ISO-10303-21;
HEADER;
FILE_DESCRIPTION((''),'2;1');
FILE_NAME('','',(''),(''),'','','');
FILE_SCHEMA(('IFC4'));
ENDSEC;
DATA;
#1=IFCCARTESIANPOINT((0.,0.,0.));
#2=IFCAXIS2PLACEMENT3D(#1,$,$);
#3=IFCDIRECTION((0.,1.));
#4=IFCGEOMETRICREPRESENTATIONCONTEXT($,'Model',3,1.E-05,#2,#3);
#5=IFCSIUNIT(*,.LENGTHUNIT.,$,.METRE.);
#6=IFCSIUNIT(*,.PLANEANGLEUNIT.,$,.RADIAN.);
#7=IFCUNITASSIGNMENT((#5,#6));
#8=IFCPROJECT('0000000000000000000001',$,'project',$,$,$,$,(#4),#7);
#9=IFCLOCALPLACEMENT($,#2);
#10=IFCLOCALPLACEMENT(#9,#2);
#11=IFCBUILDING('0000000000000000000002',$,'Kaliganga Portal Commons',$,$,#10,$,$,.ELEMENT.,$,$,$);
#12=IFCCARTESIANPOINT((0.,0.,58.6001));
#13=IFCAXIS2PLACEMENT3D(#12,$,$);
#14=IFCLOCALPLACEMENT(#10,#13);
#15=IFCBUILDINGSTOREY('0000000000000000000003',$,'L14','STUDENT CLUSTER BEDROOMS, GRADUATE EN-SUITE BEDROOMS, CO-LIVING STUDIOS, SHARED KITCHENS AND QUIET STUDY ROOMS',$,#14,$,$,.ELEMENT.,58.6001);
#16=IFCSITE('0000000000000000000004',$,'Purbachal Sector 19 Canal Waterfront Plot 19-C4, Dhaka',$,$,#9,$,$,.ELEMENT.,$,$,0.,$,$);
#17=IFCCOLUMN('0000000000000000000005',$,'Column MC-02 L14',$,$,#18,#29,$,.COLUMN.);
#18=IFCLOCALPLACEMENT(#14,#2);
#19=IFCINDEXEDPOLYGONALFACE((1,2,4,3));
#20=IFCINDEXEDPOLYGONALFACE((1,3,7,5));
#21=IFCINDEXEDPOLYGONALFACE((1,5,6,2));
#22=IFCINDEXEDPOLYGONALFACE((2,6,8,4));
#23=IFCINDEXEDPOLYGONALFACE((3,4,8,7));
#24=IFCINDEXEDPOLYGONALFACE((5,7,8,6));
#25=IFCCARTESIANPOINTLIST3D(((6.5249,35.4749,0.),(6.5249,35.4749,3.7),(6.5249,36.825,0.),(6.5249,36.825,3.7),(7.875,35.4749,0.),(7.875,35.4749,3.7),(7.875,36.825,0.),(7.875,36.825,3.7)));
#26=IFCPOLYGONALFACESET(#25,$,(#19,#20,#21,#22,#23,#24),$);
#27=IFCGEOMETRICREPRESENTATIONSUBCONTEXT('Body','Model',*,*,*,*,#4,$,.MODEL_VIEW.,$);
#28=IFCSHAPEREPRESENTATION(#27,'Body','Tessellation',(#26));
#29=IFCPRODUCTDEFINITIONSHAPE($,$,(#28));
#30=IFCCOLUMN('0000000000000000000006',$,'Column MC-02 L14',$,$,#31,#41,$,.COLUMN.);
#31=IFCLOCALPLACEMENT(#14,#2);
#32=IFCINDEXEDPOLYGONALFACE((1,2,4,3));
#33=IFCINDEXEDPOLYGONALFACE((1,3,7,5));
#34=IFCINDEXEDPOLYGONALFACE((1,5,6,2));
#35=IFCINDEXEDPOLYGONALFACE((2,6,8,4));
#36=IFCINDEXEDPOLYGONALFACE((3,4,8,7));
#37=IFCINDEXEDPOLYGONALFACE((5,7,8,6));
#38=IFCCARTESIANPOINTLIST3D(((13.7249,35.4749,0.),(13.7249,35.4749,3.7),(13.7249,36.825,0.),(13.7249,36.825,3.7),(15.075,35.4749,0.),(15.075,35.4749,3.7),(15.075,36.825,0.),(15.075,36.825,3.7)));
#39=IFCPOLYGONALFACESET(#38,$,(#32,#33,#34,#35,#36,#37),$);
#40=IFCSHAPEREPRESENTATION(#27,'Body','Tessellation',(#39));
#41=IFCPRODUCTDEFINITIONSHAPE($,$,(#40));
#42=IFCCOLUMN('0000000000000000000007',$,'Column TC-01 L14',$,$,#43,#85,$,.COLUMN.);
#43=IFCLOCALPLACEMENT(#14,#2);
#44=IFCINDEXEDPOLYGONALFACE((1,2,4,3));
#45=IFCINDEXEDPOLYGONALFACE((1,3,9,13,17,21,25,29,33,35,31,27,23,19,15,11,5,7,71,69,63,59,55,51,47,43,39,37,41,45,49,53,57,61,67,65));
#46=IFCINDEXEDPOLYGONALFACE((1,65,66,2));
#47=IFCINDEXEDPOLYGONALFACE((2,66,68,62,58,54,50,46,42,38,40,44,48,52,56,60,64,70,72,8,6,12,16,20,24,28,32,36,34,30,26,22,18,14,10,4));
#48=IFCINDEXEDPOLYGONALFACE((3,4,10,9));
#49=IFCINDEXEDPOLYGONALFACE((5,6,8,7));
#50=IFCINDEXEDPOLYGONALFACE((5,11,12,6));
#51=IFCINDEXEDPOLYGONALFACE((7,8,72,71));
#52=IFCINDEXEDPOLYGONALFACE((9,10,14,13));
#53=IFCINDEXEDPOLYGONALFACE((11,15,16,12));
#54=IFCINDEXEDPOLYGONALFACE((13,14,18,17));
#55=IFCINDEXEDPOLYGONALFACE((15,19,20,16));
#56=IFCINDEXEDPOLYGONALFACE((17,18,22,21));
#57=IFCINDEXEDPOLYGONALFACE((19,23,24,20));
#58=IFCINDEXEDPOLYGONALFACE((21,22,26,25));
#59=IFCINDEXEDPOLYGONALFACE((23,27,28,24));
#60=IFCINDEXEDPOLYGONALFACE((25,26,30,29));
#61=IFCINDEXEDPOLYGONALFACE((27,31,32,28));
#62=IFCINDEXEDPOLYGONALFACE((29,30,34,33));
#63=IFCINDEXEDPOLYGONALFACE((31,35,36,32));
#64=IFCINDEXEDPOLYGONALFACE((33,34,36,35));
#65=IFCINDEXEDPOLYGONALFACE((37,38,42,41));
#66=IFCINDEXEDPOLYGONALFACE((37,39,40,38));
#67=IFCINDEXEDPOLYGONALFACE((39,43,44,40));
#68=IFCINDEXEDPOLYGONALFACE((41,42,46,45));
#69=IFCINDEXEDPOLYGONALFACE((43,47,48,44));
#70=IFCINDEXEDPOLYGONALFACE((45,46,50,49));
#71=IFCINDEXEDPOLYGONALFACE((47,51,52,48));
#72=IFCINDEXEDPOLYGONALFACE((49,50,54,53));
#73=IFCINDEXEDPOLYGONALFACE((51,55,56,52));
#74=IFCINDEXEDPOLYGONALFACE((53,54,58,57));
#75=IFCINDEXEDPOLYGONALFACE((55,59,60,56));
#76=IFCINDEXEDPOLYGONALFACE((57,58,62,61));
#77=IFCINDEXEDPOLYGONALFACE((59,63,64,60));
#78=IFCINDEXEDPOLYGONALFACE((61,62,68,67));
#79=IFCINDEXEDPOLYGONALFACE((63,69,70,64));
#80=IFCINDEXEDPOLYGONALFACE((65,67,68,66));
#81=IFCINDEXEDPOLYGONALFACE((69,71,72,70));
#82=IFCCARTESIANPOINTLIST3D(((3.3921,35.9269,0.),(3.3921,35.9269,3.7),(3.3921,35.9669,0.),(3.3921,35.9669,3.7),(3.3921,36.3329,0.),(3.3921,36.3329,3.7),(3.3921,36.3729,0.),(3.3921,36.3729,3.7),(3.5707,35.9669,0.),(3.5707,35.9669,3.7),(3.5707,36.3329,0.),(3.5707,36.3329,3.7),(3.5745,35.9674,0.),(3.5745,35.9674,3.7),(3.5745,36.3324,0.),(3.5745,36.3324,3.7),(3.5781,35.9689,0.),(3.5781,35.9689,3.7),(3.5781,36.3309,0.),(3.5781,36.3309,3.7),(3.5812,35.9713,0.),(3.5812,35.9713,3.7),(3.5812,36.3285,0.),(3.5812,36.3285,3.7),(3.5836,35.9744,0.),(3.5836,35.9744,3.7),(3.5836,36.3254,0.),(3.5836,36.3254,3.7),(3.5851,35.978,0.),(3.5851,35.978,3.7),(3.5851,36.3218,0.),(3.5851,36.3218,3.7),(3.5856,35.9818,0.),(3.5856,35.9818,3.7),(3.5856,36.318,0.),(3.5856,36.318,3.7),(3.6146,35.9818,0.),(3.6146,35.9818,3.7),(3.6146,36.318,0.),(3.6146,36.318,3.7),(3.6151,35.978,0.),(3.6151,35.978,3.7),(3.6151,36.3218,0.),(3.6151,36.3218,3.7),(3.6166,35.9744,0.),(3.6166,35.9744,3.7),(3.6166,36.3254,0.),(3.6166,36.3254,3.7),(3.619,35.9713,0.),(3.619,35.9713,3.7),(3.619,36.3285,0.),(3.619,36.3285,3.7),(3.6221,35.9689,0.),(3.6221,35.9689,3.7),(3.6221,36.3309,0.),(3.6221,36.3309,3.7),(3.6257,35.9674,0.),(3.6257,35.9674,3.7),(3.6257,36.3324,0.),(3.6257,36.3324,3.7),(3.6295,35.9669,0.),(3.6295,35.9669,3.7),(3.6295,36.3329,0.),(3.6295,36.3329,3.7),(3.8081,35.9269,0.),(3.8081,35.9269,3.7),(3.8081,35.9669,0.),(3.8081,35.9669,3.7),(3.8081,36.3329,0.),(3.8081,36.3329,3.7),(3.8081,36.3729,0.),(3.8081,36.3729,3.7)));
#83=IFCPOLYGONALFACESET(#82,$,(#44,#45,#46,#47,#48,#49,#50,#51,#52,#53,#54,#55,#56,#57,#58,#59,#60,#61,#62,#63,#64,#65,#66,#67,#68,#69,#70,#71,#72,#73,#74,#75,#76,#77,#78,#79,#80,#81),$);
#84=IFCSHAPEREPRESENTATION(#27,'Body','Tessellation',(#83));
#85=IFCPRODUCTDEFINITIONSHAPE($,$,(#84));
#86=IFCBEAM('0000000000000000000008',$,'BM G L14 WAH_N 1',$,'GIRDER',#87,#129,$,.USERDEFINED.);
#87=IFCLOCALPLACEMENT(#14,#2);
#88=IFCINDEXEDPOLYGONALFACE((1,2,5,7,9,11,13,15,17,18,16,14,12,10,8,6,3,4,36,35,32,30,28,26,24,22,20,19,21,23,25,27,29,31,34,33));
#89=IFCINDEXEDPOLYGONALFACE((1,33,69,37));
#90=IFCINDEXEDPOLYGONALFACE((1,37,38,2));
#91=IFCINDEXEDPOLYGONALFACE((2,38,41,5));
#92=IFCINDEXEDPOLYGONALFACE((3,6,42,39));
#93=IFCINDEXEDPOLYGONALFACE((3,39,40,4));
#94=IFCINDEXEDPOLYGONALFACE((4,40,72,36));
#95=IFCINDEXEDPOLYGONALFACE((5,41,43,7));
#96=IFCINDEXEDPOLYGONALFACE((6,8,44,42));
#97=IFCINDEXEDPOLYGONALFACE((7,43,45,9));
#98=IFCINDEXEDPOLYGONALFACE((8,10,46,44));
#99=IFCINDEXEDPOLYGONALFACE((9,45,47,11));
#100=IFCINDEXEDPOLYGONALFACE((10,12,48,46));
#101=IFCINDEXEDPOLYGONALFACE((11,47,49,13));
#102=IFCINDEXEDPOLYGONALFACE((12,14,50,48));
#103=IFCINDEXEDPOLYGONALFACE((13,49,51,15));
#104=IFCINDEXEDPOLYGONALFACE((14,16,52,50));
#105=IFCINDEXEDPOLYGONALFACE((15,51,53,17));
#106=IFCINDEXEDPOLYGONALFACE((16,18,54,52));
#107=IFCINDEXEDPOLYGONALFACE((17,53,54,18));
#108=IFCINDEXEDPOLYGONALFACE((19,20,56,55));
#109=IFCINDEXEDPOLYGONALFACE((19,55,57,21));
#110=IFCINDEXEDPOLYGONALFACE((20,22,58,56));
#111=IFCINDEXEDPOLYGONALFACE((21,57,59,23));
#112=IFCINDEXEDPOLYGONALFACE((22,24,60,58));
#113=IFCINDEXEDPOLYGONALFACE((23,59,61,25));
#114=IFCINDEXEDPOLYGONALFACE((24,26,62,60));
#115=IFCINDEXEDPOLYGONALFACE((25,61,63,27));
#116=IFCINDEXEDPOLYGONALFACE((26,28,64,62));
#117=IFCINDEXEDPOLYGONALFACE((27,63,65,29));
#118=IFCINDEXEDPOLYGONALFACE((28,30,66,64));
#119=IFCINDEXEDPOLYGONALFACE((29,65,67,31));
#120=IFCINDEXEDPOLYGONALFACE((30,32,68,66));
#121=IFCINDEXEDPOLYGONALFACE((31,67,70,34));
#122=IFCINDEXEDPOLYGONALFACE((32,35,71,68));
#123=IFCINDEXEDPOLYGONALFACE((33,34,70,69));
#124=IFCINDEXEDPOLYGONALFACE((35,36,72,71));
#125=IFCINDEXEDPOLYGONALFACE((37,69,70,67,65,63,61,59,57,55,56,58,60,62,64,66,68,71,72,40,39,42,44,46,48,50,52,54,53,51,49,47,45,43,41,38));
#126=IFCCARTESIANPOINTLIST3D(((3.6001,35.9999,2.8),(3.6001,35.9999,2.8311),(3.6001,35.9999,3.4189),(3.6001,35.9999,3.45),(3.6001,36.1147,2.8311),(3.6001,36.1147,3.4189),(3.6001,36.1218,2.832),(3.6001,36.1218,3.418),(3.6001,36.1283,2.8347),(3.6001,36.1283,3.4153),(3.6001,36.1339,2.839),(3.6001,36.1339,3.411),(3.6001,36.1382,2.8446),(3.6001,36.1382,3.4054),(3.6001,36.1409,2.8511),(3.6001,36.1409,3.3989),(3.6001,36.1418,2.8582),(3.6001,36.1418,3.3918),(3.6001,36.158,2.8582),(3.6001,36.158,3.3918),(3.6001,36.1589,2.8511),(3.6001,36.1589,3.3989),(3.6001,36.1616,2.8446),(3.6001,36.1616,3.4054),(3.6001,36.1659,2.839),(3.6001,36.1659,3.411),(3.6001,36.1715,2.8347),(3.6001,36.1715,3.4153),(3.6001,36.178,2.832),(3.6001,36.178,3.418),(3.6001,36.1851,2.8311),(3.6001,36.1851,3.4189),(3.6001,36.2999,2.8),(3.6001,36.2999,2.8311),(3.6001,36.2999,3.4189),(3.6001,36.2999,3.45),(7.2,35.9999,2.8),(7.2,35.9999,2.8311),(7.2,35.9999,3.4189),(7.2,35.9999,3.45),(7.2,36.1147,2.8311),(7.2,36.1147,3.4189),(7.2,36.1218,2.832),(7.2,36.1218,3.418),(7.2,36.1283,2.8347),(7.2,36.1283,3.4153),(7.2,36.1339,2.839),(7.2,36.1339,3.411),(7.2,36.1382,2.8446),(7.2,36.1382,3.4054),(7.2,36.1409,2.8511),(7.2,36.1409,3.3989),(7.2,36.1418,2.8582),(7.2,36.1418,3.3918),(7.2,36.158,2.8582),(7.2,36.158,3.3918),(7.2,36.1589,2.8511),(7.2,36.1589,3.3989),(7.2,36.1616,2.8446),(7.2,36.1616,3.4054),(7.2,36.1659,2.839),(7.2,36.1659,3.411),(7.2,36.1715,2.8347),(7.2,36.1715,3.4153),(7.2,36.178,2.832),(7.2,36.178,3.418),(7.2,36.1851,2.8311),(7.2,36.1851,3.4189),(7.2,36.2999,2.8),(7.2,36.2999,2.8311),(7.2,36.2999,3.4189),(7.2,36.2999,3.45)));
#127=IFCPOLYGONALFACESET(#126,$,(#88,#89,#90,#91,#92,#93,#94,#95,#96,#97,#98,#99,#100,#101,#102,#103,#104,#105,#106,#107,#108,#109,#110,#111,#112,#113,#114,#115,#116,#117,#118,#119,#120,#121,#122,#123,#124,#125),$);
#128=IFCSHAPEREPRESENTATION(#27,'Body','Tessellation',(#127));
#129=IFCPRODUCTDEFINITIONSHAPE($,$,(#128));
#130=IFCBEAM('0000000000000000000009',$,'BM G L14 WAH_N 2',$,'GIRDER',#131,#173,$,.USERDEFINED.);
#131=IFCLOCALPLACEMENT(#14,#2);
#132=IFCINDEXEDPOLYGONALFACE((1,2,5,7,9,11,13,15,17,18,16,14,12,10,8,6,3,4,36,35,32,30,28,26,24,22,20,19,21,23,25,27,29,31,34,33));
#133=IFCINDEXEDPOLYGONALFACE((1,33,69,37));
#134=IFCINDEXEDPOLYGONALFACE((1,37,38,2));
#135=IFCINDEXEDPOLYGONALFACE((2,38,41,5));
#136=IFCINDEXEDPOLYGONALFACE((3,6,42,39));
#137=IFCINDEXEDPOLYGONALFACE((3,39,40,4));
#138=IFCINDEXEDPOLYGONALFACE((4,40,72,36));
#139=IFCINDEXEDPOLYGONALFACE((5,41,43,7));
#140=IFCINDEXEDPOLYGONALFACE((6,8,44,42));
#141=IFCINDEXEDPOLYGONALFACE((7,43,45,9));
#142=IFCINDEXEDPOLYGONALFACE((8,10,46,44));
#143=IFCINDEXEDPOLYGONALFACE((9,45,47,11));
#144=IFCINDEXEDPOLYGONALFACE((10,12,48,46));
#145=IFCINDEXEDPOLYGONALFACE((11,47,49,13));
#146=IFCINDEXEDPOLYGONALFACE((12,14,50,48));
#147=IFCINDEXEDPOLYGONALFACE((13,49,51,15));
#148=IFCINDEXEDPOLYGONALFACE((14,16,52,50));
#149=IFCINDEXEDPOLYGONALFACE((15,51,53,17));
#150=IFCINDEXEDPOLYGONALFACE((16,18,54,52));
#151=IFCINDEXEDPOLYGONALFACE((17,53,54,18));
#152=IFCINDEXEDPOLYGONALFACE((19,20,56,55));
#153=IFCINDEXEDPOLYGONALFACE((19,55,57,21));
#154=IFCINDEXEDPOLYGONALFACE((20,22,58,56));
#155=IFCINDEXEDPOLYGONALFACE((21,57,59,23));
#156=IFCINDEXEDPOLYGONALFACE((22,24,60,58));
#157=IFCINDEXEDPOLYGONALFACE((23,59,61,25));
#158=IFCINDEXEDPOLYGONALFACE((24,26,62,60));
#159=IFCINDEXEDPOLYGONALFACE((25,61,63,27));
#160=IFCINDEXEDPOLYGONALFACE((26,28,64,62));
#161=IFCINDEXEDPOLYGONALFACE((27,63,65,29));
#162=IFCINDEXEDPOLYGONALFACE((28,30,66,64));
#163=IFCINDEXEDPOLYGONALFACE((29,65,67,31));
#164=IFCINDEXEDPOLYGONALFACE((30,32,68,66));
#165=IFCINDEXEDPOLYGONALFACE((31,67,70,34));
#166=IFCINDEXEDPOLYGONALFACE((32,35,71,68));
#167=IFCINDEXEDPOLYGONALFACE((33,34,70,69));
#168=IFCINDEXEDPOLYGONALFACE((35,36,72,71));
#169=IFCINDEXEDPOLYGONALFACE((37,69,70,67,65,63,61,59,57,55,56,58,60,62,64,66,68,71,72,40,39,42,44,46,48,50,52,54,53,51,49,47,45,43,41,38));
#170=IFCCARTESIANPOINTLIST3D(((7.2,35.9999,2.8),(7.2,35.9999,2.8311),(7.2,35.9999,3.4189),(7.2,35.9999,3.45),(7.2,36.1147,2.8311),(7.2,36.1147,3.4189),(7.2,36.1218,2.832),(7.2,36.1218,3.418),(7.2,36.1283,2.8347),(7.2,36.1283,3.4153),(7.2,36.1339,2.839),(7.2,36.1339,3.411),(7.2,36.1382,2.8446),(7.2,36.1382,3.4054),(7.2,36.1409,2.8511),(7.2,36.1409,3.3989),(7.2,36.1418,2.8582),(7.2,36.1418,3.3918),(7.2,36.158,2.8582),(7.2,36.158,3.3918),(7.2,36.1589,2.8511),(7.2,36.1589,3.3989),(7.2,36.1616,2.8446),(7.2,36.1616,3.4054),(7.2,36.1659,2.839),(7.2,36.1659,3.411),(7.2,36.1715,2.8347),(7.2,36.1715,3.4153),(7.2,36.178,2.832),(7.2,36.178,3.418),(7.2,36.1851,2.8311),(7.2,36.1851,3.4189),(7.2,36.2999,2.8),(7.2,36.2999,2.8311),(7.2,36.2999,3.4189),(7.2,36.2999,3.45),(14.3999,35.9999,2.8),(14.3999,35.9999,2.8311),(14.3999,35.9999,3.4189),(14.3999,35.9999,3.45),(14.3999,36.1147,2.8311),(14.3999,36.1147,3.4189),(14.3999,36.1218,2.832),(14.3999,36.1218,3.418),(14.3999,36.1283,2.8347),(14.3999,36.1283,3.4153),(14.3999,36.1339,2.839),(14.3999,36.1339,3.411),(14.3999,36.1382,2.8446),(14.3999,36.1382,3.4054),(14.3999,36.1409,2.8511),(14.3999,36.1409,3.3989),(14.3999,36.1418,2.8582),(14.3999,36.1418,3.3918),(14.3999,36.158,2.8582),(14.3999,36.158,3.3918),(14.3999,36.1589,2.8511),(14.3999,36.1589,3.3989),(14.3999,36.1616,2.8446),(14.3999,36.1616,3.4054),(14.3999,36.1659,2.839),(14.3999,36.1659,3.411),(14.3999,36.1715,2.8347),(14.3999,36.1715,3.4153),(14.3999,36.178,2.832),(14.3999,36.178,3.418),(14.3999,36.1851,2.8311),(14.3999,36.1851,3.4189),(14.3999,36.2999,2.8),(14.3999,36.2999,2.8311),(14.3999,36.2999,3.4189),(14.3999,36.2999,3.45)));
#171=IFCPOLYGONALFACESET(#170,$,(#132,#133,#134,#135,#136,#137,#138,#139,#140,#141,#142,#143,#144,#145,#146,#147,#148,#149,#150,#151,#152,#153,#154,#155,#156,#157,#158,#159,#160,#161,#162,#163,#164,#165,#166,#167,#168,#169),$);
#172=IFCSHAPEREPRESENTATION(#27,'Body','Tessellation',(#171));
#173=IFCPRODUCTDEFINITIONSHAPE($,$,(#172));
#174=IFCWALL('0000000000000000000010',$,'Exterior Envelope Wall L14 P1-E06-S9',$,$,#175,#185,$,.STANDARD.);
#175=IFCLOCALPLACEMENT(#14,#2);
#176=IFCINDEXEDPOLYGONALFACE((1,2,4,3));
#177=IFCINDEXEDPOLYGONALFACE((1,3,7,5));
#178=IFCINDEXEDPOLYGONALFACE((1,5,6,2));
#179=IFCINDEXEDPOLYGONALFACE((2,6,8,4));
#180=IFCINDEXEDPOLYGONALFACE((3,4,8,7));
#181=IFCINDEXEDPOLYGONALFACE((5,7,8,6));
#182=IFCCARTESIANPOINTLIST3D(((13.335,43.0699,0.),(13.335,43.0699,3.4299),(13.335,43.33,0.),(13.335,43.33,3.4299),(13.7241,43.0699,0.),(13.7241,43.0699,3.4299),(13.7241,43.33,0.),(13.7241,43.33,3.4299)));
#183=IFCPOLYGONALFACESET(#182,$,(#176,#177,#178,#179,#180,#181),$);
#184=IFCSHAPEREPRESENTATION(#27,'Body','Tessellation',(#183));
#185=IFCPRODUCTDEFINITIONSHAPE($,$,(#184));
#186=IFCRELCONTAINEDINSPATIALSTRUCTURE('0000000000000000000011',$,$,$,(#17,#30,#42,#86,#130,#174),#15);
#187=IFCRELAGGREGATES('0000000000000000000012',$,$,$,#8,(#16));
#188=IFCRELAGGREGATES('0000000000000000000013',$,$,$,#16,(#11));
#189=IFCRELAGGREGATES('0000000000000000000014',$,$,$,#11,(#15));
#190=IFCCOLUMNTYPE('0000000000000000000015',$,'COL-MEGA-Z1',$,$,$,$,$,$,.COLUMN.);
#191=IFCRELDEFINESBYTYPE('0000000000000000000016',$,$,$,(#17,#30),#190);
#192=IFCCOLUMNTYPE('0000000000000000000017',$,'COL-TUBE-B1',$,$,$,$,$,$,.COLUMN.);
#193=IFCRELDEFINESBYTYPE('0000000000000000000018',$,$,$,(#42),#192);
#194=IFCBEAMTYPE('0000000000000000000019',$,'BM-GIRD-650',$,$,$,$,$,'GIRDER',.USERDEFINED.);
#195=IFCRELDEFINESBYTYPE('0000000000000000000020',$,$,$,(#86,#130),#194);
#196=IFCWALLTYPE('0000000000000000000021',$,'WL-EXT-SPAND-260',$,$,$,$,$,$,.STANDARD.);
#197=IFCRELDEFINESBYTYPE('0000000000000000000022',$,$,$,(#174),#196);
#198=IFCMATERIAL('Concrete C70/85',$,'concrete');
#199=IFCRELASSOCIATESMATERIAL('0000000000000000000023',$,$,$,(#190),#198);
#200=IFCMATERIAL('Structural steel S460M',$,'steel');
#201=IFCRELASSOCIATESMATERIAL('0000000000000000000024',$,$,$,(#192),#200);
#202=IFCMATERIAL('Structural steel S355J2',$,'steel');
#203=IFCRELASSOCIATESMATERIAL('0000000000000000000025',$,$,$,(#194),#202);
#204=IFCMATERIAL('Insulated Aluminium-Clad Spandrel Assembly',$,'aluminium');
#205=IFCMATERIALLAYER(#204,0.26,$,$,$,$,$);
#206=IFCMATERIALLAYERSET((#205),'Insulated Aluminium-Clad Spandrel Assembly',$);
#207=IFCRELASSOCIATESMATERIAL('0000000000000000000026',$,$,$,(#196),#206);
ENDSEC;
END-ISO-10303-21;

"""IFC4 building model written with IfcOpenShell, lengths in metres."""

from ifc_helpers import new_model, si_unit, direction, frame, frame_2d, origin, origin_2d, place, context, subcontext, project, spatial, rectangle, i_section, extrude, source, transform, mapped, material, layer, layer_set, material_profile, profile_set, type_object, element, save


model = new_model("IFC4")

# Units and contexts
model_context = context("Model", 3, precision=1e-05, world=origin(), true_north=direction((0.0, 1.0)))
body_context = subcontext(model_context, "Body", "Model", "MODEL_VIEW")
ifc_project = project(units=[si_unit("LENGTHUNIT", "METRE"), si_unit("PLANEANGLEUNIT", "RADIAN")], contexts=[model_context])

# Site, building, storey
site_placement = place(None, origin())
site = spatial("IfcSite", under=ifc_project, at=site_placement, Name="Purbachal Sector 19 Canal Waterfront Plot 19-C4, Dhaka", CompositionType="ELEMENT", RefElevation=0.0)
building_placement = place(site_placement, origin())
building = spatial("IfcBuilding", under=site, at=building_placement, Name="Kaliganga Portal Commons", CompositionType="ELEMENT")
storey_placement = place(building_placement, frame((0.0, 0.0, 58.6001)))
storey = spatial("IfcBuildingStorey", under=building, at=storey_placement, Name="L14", Description="STUDENT CLUSTER BEDROOMS, GRADUATE EN-SUITE BEDROOMS, CO-LIVING STUDIOS, SHARED KITCHENS AND QUIET STUDY ROOMS", CompositionType="ELEMENT", Elevation=58.6001)

# Columns
ifc_material_1 = material(Name="Concrete C70/85", Category="concrete")
ifc_material_profile_1 = material_profile(ifc_material_1, rectangle(XDim=1.3501, YDim=1.3501, at=origin_2d()), Name="RC 1350x1350")
ifc_profile_set_1 = profile_set([ifc_material_profile_1], Name="Concrete C70/85")
column_type_1 = type_object("IfcColumnType", Name="COL-MEGA-Z1", PredefinedType="COLUMN", material=ifc_profile_set_1)
shared_shape_1 = source(origin(), body_context, "Body", "SweptSolid", [
    extrude(rectangle(XDim=1.3501, YDim=1.3501, at=origin_2d()), origin(), (0.0, 0.0, 1.0), 3.7),
])
for number, where, z_axis, x_axis, name in (
    (1, (7.2, 36.1499, 0.0), (0.0, 0.0, 1.0), (1.0, 0.0, 0.0), "Column MC-02 L14"),
    (2, (14.3999, 36.1499, 0.0), (0.0, 0.0, 1.0), (1.0, 0.0, 0.0), "Column MC-02 L14"),
):
    element("IfcColumn", number, at=place(storey_placement, frame(where, z_axis=z_axis, x_axis=x_axis)), inside=storey, type_object=column_type_1, Name=name, PredefinedType="COLUMN", context=body_context, shape_type="MappedRepresentation", body=[
        mapped(shared_shape_1, transform((0.0, 0.0, 0.0), x_axis=(1.0, 0.0, 0.0), y_axis=(0.0, 1.0, 0.0), z_axis=(0.0, 0.0, 1.0), scale=1.0)),
    ])
ifc_material_2 = material(Name="Structural steel S460M", Category="steel")
ifc_material_profile_2 = material_profile(ifc_material_2, i_section(OverallWidth=0.416, OverallDepth=0.446, WebThickness=0.0291, FlangeThickness=0.04, FilletRadius=0.0149, at=origin_2d()), Name="HD 400x509")
ifc_profile_set_2 = profile_set([ifc_material_profile_2], Name="Structural steel S460M wide-flange")
column_type_2 = type_object("IfcColumnType", Name="COL-TUBE-B1", PredefinedType="COLUMN", material=ifc_profile_set_2)
shared_shape_2 = source(origin(), body_context, "Body", "SweptSolid", [
    extrude(i_section(OverallWidth=0.416, OverallDepth=0.446, WebThickness=0.0291, FlangeThickness=0.04, FilletRadius=0.0149, at=origin_2d()), origin(), (0.0, 0.0, 1.0), 3.7),
])
column_placement = place(storey_placement, frame((3.6001, 36.1499, 0.0), z_axis=(0.0, 0.0, 1.0), x_axis=(1.0, 0.0, 0.0)))
element("IfcColumn", 3, at=column_placement, inside=storey, type_object=column_type_2, Name="Column TC-01 L14", PredefinedType="COLUMN", context=body_context, shape_type="MappedRepresentation", body=[
    mapped(shared_shape_2, transform((0.0, 0.0, 0.0), x_axis=(1.0, 0.0, 0.0), y_axis=(0.0, 1.0, 0.0), z_axis=(0.0, 0.0, 1.0), scale=1.0)),
])

# Beams
ifc_material_3 = material(Name="Structural steel S355J2", Category="steel")
ifc_material_profile_3 = material_profile(ifc_material_3, i_section(OverallWidth=0.3, OverallDepth=0.6499, WebThickness=0.0161, FlangeThickness=0.031, FilletRadius=0.0271, at=origin_2d()), Name="HE 650 B")
ifc_profile_set_3 = profile_set([ifc_material_profile_3], Name="Structural steel S355J2 wide-flange")
beam_type = type_object("IfcBeamType", Name="BM-GIRD-650", ElementType="GIRDER", PredefinedType="USERDEFINED", material=ifc_profile_set_3)
shared_shape_3 = source(origin(), body_context, "Body", "SweptSolid", [
    extrude(i_section(OverallWidth=0.3, OverallDepth=0.6499, WebThickness=0.0161, FlangeThickness=0.031, FilletRadius=0.0271, at=origin_2d()), origin(), (0.0, 0.0, 1.0), 3.5999),
])
beam_1_placement = place(storey_placement, frame((3.6001, 36.1499, 3.125), z_axis=(1.0, 0.0, 0.0), x_axis=(0.0, 1.0, 0.0)))
element("IfcBeam", 4, at=beam_1_placement, inside=storey, type_object=beam_type, Name="BM G L14 WAH_N 1", ObjectType="GIRDER", PredefinedType="USERDEFINED", context=body_context, shape_type="MappedRepresentation", body=[
    mapped(shared_shape_3, transform((0.0, 0.0, 0.0), x_axis=(1.0, 0.0, 0.0), y_axis=(0.0, 1.0, 0.0), z_axis=(0.0, 0.0, 1.0), scale=1.0)),
])
shared_shape_4 = source(origin(), body_context, "Body", "SweptSolid", [
    extrude(i_section(OverallWidth=0.3, OverallDepth=0.6499, WebThickness=0.0161, FlangeThickness=0.031, FilletRadius=0.0271, at=origin_2d()), origin(), (0.0, 0.0, 1.0), 7.2),
])
beam_2_placement = place(storey_placement, frame((7.2, 36.1499, 3.125), z_axis=(1.0, 0.0, 0.0), x_axis=(0.0, 1.0, 0.0)))
element("IfcBeam", 5, at=beam_2_placement, inside=storey, type_object=beam_type, Name="BM G L14 WAH_N 2", ObjectType="GIRDER", PredefinedType="USERDEFINED", context=body_context, shape_type="MappedRepresentation", body=[
    mapped(shared_shape_4, transform((0.0, 0.0, 0.0), x_axis=(1.0, 0.0, 0.0), y_axis=(0.0, 1.0, 0.0), z_axis=(0.0, 0.0, 1.0), scale=1.0)),
])

# Wall
ifc_material_4 = material(Name="Insulated Aluminium-Clad Spandrel Assembly", Category="aluminium")
ifc_layer_1 = layer(ifc_material_4, 0.26)
ifc_layer_set_1 = layer_set([ifc_layer_1], Name="Insulated Aluminium-Clad Spandrel Assembly")
wall_type_1 = type_object("IfcWallType", Name="WL-EXT-SPAND-260", PredefinedType="STANDARD", material=ifc_layer_set_1)
wall_1_placement = place(storey_placement, frame((13.335, 43.2, 0.0), z_axis=(0.0, 0.0, 1.0), x_axis=(1.0, 0.0, 0.0)))
element("IfcWall", 6, at=wall_1_placement, inside=storey, type_object=wall_type_1, Name="Exterior Envelope Wall L14 P1-E06-S9", PredefinedType="STANDARD", context=body_context, shape_type="SweptSolid", body=[
    extrude(rectangle(XDim=0.3892, YDim=0.26, at=frame_2d((0.1946, 0.0))), origin(), (0.0, 0.0, 1.0), 3.4299),
])

save(model, "model.ifc")
